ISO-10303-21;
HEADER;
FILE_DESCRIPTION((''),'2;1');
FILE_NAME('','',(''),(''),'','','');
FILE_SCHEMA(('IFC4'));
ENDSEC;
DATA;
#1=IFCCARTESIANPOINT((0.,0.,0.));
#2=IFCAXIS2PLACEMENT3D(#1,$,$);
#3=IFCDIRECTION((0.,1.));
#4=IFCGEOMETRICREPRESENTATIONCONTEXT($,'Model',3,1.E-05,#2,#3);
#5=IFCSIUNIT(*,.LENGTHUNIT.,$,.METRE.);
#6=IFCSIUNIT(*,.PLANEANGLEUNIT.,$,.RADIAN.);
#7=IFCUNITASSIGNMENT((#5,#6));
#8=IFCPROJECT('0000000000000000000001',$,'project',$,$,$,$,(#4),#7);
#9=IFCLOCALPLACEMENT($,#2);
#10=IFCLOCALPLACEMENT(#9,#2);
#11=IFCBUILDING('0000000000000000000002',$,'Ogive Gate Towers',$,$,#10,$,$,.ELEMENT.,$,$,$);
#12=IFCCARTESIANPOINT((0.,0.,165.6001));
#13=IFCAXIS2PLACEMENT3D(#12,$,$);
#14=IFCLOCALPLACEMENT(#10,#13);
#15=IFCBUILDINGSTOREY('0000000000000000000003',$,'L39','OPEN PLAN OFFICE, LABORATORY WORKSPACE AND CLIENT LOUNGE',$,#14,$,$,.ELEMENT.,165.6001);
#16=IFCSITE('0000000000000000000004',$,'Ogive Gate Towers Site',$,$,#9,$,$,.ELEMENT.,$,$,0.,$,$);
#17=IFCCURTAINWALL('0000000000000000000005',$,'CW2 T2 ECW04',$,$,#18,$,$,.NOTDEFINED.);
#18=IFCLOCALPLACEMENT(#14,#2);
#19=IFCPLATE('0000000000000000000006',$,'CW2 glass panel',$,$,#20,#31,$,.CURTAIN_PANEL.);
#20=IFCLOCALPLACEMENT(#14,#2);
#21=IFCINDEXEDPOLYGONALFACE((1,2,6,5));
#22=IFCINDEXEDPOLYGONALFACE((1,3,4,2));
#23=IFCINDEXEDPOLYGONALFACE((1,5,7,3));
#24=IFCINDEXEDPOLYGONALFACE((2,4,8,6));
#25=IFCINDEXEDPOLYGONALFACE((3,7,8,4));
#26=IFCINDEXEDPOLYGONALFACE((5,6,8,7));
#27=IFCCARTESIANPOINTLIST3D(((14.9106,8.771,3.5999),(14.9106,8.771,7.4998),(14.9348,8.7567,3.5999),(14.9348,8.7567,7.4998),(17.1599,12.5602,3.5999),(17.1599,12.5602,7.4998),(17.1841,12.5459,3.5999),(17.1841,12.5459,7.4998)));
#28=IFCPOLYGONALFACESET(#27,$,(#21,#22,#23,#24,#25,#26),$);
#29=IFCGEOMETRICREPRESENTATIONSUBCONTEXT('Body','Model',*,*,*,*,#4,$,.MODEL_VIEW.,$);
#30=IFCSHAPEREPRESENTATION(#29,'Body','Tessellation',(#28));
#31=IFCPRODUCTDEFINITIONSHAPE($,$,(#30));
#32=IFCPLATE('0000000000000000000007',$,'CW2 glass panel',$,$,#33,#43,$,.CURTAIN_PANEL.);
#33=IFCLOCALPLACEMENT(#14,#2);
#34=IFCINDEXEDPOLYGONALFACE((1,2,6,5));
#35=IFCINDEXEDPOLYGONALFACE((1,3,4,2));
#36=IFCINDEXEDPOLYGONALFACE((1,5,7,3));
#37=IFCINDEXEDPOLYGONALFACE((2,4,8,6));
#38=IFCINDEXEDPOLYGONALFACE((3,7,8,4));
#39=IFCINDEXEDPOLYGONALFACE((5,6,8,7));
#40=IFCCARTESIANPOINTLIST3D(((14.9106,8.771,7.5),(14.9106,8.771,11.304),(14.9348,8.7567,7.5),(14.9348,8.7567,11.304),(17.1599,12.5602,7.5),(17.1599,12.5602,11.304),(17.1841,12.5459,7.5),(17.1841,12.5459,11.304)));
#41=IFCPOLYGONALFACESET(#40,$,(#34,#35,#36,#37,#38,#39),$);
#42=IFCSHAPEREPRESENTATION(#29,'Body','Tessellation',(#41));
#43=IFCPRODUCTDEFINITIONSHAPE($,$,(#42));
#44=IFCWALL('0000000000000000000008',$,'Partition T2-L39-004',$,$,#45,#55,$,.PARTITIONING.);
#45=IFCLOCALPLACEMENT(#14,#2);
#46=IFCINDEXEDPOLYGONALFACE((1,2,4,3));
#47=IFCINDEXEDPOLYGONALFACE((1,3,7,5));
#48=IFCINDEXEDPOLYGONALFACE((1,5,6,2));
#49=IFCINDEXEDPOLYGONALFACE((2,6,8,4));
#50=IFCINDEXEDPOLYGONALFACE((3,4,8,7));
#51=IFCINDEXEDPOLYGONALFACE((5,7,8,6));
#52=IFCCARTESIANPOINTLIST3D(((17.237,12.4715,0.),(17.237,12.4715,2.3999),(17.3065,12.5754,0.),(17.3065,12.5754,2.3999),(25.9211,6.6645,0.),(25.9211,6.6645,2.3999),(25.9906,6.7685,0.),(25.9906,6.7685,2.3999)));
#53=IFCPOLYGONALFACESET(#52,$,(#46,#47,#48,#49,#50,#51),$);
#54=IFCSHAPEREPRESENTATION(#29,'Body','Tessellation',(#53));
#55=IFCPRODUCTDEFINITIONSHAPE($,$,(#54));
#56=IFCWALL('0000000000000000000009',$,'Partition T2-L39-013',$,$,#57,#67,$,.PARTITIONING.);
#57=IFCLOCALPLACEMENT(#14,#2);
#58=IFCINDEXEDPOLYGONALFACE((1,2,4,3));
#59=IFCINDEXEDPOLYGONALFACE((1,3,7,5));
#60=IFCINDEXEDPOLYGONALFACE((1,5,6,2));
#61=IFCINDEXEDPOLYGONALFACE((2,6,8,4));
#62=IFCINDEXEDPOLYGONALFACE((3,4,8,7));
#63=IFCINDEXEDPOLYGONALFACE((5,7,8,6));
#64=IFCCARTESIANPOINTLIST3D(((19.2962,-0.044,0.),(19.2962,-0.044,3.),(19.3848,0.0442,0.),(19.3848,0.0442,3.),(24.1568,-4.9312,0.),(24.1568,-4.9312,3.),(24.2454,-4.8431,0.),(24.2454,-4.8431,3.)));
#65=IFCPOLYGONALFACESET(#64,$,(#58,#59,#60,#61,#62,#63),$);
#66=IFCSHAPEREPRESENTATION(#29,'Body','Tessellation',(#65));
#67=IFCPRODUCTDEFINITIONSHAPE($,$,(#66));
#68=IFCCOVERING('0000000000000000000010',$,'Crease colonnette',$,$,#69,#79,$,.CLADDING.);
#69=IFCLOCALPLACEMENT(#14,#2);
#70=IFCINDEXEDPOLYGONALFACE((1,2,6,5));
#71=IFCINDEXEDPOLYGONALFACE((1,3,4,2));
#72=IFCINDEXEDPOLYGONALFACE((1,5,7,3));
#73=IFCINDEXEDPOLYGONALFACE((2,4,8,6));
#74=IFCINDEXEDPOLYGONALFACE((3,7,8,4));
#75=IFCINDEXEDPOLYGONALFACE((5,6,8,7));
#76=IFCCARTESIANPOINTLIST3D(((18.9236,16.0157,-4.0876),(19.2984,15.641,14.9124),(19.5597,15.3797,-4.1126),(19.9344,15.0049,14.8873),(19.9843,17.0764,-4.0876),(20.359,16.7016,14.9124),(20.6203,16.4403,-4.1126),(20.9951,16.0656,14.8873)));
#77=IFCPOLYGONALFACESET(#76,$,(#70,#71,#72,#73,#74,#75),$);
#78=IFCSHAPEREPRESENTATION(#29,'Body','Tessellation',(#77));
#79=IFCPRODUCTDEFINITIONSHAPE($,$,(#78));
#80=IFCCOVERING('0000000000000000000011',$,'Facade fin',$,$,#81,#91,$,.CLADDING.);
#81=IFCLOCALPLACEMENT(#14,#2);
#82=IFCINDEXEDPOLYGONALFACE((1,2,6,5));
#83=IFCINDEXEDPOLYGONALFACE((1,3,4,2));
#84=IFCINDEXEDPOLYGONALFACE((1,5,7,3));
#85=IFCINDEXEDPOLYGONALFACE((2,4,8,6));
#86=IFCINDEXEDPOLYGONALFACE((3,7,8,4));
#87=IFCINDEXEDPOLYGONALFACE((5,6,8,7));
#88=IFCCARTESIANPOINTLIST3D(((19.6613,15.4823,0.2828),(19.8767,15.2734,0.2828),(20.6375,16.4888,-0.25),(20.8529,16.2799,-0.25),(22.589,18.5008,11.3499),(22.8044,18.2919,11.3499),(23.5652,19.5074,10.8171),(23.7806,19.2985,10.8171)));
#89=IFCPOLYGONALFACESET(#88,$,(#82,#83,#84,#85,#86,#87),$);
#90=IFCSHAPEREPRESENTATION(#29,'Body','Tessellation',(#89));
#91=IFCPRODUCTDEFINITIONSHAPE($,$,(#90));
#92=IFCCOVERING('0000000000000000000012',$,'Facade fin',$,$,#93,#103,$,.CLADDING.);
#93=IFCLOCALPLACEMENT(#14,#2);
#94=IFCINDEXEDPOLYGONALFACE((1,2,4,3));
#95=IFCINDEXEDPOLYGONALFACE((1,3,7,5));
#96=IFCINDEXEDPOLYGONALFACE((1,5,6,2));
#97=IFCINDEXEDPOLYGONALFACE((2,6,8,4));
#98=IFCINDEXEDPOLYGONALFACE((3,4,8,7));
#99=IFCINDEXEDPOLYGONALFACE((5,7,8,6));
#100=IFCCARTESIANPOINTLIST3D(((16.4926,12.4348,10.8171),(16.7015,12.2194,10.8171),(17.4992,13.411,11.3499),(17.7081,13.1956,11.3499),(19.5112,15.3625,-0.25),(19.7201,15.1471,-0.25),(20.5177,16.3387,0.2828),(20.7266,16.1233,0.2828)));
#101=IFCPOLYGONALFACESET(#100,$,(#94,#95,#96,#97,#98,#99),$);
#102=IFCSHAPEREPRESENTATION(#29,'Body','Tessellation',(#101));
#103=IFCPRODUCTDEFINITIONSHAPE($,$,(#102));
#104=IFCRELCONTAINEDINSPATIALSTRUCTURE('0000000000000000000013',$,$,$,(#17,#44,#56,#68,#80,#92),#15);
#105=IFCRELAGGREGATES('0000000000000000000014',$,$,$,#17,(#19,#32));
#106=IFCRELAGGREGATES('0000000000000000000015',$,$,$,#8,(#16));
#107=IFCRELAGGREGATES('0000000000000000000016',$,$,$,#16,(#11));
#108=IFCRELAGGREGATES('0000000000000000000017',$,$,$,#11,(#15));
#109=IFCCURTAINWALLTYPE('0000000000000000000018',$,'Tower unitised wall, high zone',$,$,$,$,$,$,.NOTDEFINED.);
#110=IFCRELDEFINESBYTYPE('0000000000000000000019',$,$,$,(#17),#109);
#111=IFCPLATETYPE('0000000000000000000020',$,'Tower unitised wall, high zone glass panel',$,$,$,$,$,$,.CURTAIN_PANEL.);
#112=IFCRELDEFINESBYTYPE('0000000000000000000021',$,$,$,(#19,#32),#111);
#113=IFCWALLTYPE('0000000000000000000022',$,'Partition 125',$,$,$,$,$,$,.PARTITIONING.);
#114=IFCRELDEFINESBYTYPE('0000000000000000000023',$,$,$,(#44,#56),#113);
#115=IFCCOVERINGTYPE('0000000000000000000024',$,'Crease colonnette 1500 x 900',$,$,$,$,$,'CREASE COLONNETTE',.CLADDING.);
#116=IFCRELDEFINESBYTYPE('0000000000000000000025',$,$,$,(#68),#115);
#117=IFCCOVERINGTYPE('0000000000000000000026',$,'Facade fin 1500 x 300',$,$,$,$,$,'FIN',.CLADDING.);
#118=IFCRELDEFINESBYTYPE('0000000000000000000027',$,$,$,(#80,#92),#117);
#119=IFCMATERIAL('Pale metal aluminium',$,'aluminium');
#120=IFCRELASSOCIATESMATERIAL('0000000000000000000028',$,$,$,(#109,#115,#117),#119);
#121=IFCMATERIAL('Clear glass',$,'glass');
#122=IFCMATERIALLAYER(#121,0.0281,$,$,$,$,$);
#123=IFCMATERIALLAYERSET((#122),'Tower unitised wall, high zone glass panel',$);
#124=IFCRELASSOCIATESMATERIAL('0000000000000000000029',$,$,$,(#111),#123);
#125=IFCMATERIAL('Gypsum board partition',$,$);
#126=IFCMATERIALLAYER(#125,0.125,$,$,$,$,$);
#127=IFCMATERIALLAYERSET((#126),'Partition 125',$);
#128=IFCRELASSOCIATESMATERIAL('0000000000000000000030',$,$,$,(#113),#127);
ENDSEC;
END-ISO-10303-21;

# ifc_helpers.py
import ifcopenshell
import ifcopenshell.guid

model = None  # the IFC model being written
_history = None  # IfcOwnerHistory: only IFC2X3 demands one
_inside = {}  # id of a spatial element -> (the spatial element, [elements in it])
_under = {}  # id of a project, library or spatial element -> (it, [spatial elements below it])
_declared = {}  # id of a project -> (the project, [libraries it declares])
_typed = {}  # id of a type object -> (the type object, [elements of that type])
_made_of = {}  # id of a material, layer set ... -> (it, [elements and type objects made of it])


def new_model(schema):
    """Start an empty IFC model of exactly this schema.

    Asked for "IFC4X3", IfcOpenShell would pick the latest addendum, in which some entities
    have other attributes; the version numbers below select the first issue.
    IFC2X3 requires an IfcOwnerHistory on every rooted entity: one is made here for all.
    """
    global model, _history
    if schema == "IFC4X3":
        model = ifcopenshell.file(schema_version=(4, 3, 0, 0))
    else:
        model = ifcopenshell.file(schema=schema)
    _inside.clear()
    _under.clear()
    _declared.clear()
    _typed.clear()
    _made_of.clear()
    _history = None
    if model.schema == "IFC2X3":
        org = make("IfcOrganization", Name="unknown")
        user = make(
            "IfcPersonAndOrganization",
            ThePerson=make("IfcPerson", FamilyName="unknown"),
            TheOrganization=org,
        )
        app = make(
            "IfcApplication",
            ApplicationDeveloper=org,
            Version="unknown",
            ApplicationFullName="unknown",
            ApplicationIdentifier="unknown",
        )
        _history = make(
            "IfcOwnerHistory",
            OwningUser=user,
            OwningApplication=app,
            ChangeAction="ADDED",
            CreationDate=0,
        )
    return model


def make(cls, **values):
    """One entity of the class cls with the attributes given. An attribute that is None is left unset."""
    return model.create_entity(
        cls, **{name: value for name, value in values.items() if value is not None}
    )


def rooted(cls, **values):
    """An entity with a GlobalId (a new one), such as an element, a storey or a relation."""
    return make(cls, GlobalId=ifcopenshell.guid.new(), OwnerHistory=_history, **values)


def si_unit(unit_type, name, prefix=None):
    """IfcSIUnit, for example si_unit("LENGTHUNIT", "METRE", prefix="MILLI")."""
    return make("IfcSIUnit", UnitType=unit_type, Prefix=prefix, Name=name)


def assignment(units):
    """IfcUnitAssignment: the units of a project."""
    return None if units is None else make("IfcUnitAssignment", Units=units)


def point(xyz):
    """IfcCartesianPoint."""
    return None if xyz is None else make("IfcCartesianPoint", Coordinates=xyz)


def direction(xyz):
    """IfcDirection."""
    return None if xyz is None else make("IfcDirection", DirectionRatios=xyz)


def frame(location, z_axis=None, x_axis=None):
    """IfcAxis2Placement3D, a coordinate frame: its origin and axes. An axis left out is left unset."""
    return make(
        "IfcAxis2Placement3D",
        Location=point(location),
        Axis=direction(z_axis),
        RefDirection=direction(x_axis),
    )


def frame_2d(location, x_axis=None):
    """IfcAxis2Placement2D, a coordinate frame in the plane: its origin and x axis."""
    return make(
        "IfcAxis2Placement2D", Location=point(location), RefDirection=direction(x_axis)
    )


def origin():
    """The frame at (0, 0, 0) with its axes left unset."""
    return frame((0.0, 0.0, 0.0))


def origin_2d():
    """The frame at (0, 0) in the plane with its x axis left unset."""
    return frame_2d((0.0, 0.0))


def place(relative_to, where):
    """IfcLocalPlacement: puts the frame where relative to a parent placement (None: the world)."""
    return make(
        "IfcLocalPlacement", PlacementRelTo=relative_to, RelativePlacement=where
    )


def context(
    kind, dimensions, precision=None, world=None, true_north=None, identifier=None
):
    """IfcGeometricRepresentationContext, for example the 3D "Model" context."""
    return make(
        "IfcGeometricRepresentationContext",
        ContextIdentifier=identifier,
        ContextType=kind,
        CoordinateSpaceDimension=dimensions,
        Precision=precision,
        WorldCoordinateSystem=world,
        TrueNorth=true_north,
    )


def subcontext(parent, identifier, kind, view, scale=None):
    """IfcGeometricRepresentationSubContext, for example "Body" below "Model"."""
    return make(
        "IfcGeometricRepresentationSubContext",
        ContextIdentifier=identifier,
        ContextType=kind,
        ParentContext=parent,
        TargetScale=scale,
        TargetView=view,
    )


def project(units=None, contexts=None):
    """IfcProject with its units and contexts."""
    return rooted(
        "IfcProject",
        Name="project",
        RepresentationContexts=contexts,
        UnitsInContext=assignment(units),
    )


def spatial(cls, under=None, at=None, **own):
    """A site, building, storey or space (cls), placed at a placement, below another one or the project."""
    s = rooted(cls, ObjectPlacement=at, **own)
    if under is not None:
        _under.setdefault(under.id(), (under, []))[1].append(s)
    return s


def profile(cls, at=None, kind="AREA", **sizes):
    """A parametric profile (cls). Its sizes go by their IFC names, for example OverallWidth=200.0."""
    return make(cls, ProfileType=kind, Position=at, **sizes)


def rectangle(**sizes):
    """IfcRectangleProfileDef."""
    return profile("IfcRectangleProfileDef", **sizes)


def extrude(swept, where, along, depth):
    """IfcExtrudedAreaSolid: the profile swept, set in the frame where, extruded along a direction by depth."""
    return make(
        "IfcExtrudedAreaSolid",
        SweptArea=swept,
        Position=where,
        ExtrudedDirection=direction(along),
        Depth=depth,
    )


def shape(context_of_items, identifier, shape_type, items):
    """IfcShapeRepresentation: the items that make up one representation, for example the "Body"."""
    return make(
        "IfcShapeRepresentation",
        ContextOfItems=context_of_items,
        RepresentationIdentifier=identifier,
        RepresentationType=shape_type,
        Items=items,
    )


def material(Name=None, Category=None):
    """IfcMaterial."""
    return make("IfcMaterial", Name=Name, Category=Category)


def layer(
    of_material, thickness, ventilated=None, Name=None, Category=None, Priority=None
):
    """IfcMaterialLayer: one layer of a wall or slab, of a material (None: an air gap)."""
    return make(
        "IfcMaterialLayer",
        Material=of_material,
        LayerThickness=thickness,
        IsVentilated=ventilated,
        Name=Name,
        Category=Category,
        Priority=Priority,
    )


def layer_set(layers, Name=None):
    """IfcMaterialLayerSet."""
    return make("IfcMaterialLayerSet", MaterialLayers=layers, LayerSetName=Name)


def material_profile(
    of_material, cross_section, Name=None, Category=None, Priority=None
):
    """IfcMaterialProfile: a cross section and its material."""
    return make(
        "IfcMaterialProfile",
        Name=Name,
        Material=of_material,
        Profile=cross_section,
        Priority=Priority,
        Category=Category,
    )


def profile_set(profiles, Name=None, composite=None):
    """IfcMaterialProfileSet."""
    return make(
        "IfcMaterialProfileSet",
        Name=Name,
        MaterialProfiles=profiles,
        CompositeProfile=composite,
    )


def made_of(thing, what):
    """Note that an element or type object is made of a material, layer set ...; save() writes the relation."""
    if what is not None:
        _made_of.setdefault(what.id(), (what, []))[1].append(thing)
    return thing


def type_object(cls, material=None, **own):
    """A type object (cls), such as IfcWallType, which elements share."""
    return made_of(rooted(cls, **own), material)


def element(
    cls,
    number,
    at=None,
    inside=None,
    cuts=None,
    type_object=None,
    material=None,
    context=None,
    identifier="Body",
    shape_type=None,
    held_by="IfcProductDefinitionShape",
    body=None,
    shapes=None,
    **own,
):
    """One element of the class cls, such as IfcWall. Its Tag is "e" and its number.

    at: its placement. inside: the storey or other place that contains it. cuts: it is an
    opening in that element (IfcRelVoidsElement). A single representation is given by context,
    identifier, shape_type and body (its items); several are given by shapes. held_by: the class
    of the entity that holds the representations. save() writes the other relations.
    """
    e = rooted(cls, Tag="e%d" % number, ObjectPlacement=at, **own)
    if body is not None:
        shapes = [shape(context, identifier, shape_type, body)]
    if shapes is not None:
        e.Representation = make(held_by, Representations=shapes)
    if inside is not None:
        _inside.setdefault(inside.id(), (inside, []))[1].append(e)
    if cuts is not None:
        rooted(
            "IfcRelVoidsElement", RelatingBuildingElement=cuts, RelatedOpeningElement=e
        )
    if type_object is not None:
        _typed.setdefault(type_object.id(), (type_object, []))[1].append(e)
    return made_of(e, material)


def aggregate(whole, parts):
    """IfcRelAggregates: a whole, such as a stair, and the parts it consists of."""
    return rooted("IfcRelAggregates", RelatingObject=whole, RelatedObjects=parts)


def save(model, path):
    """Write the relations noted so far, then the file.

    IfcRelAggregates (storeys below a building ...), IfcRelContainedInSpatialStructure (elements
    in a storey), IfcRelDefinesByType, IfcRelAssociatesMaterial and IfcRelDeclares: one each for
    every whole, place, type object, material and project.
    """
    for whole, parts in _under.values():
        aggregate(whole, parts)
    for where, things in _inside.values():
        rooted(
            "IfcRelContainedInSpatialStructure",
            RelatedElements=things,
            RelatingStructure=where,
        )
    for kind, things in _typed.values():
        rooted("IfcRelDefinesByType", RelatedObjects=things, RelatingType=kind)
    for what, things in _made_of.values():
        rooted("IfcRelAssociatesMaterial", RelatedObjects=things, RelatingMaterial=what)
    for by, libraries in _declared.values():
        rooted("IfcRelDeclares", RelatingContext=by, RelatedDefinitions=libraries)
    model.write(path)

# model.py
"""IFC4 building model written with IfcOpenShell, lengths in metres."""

from ifc_helpers import new_model, si_unit, direction, frame, frame_2d, origin, origin_2d, place, context, subcontext, project, spatial, rectangle, extrude, material, layer, layer_set, material_profile, profile_set, type_object, element, aggregate, save


model = new_model("IFC4")

# Units and contexts
model_context = context("Model", 3, precision=1e-05, world=origin(), true_north=direction((0.0, 1.0)))
body_context = subcontext(model_context, "Body", "Model", "MODEL_VIEW")
ifc_project = project(units=[si_unit("LENGTHUNIT", "METRE"), si_unit("PLANEANGLEUNIT", "RADIAN")], contexts=[model_context])

# Site, building, storey
site_placement = place(None, origin())
site = spatial("IfcSite", under=ifc_project, at=site_placement, Name="Ogive Gate Towers Site", CompositionType="ELEMENT", RefElevation=0.0)
building_placement = place(site_placement, origin())
building = spatial("IfcBuilding", under=site, at=building_placement, Name="Ogive Gate Towers", CompositionType="ELEMENT")
storey_placement = place(building_placement, frame((0.0, 0.0, 165.6001)))
storey = spatial("IfcBuildingStorey", under=building, at=storey_placement, Name="L39", Description="OPEN PLAN OFFICE, LABORATORY WORKSPACE AND CLIENT LOUNGE", CompositionType="ELEMENT", Elevation=165.6001)

# Shared definitions
ifc_material_1 = material(Name="Pale metal aluminium", Category="aluminium")
curtain_wall_type = type_object("IfcCurtainWallType", Name="Tower unitised wall, high zone", PredefinedType="NOTDEFINED", material=ifc_material_1)

# Curtain wall
curtain_wall_1_placement = place(storey_placement, origin())
curtain_wall_1 = element("IfcCurtainWall", 1, at=curtain_wall_1_placement, inside=storey, type_object=curtain_wall_type, Name="CW2 T2 ECW04", PredefinedType="NOTDEFINED")

# Plates
ifc_material_2 = material(Name="Clear glass", Category="glass")
ifc_layer_1 = layer(ifc_material_2, 0.0281)
ifc_layer_set_1 = layer_set([ifc_layer_1], Name="Tower unitised wall, high zone glass panel")
plate_type = type_object("IfcPlateType", Name="Tower unitised wall, high zone glass panel", PredefinedType="CURTAIN_PANEL", material=ifc_layer_set_1)
plate_1_placement = place(storey_placement, frame((16.0474, 10.6584, 3.5999), z_axis=(0.0, 0.0, 1.0), x_axis=(-0.510453, -0.859906, 0.0)))
plate_1 = element("IfcPlate", 2, at=plate_1_placement, type_object=plate_type, Name="CW2 glass panel", PredefinedType="CURTAIN_PANEL", context=body_context, shape_type="SweptSolid", body=[
    extrude(rectangle(XDim=4.4065, YDim=0.0281, at=origin_2d()), origin(), (0.0, 0.0, 1.0), 3.8999),
])
plate_2_placement = place(storey_placement, frame((16.0474, 10.6584, 7.5), z_axis=(0.0, 0.0, 1.0), x_axis=(-0.510453, -0.859906, 0.0)))
plate_2 = element("IfcPlate", 3, at=plate_2_placement, type_object=plate_type, Name="CW2 glass panel", PredefinedType="CURTAIN_PANEL", context=body_context, shape_type="SweptSolid", body=[
    extrude(rectangle(XDim=4.4065, YDim=0.0281, at=origin_2d()), origin(), (0.0, 0.0, 1.0), 3.804),
])
aggregate(curtain_wall_1, [plate_1, plate_2])

# Walls
ifc_material_3 = material(Name="Gypsum board partition")
ifc_layer_2 = layer(ifc_material_3, 0.125)
ifc_layer_set_2 = layer_set([ifc_layer_2], Name="Partition 125")
wall_type = type_object("IfcWallType", Name="Partition 125", PredefinedType="PARTITIONING", material=ifc_layer_set_2)
wall_1_placement = place(storey_placement, frame((17.2717, 12.5234, 0.0), z_axis=(0.0, 0.0, 1.0), x_axis=(0.831276, -0.555859, 0.0)))
element("IfcWall", 4, at=wall_1_placement, inside=storey, type_object=wall_type, Name="Partition T2-L39-004", PredefinedType="PARTITIONING", context=body_context, shape_type="SweptSolid", body=[
    extrude(rectangle(XDim=10.4468, YDim=0.125, at=frame_2d((5.2234, 0.0))), origin(), (0.0, 0.0, 1.0), 2.3999),
])
wall_2_placement = place(storey_placement, frame((19.3406, 0.0, 0.0), z_axis=(0.0, 0.0, 1.0), x_axis=(0.705174, -0.709035, 0.0)))
element("IfcWall", 5, at=wall_2_placement, inside=storey, type_object=wall_type, Name="Partition T2-L39-013", PredefinedType="PARTITIONING", context=body_context, shape_type="SweptSolid", body=[
    extrude(rectangle(XDim=6.8928, YDim=0.125, at=frame_2d((3.4463, 0.0))), origin(), (0.0, 0.0, 1.0), 3.0),
])

# Coverings
ifc_material_profile_1 = material_profile(ifc_material_1, rectangle(XDim=1.5, YDim=0.8999, at=origin_2d()), Name="1500 x 900 pale metal aluminium")
ifc_profile_set_1 = profile_set([ifc_material_profile_1], Name="Pale metal aluminium")
covering_type_1 = type_object("IfcCoveringType", Name="Crease colonnette 1500 x 900", ElementType="CREASE COLONNETTE", PredefinedType="CLADDING", material=ifc_profile_set_1)
covering_placement = place(storey_placement, frame((19.772, 16.228, -4.1001), z_axis=(0.019716, -0.019716, 0.999611), x_axis=(0.707107, 0.707107, 0.0)))
element("IfcCovering", 6, at=covering_placement, inside=storey, type_object=covering_type_1, Name="Crease colonnette", PredefinedType="CLADDING", context=body_context, shape_type="SweptSolid", body=[
    extrude(rectangle(XDim=1.5, YDim=0.8999, at=origin_2d()), origin(), (0.0, 0.0, 1.0), 19.0073),
])
ifc_material_profile_2 = material_profile(ifc_material_1, rectangle(XDim=0.3, YDim=1.5, at=origin_2d()), Name="1500 x 300 pale metal aluminium")
ifc_profile_set_2 = profile_set([ifc_material_profile_2], Name="Pale metal aluminium")
covering_type_2 = type_object("IfcCoveringType", Name="Facade fin 1500 x 300", ElementType="FIN", PredefinedType="CLADDING", material=ifc_profile_set_2)
for number, where, z_axis, x_axis, name in (
    (7, (20.2571, 15.8811, 0.0164), (0.247293, 0.254964, 0.934794), (-0.717823, 0.696226, 0.0), "Facade fin"),
    (8, (20.1189, 15.7429, 0.0164), (-0.254964, -0.247293, 0.934794), (0.696226, -0.717823, 0.0), "Facade fin"),
):
    element("IfcCovering", number, at=place(storey_placement, frame(where, z_axis=z_axis, x_axis=x_axis)), inside=storey, type_object=covering_type_2, Name=name, PredefinedType="CLADDING", context=body_context, shape_type="SweptSolid", body=[
        extrude(rectangle(XDim=0.3, YDim=1.5, at=origin_2d()), origin(), (0.0, 0.0, 1.0), 11.8391),
    ])

save(model, "model.ifc")
